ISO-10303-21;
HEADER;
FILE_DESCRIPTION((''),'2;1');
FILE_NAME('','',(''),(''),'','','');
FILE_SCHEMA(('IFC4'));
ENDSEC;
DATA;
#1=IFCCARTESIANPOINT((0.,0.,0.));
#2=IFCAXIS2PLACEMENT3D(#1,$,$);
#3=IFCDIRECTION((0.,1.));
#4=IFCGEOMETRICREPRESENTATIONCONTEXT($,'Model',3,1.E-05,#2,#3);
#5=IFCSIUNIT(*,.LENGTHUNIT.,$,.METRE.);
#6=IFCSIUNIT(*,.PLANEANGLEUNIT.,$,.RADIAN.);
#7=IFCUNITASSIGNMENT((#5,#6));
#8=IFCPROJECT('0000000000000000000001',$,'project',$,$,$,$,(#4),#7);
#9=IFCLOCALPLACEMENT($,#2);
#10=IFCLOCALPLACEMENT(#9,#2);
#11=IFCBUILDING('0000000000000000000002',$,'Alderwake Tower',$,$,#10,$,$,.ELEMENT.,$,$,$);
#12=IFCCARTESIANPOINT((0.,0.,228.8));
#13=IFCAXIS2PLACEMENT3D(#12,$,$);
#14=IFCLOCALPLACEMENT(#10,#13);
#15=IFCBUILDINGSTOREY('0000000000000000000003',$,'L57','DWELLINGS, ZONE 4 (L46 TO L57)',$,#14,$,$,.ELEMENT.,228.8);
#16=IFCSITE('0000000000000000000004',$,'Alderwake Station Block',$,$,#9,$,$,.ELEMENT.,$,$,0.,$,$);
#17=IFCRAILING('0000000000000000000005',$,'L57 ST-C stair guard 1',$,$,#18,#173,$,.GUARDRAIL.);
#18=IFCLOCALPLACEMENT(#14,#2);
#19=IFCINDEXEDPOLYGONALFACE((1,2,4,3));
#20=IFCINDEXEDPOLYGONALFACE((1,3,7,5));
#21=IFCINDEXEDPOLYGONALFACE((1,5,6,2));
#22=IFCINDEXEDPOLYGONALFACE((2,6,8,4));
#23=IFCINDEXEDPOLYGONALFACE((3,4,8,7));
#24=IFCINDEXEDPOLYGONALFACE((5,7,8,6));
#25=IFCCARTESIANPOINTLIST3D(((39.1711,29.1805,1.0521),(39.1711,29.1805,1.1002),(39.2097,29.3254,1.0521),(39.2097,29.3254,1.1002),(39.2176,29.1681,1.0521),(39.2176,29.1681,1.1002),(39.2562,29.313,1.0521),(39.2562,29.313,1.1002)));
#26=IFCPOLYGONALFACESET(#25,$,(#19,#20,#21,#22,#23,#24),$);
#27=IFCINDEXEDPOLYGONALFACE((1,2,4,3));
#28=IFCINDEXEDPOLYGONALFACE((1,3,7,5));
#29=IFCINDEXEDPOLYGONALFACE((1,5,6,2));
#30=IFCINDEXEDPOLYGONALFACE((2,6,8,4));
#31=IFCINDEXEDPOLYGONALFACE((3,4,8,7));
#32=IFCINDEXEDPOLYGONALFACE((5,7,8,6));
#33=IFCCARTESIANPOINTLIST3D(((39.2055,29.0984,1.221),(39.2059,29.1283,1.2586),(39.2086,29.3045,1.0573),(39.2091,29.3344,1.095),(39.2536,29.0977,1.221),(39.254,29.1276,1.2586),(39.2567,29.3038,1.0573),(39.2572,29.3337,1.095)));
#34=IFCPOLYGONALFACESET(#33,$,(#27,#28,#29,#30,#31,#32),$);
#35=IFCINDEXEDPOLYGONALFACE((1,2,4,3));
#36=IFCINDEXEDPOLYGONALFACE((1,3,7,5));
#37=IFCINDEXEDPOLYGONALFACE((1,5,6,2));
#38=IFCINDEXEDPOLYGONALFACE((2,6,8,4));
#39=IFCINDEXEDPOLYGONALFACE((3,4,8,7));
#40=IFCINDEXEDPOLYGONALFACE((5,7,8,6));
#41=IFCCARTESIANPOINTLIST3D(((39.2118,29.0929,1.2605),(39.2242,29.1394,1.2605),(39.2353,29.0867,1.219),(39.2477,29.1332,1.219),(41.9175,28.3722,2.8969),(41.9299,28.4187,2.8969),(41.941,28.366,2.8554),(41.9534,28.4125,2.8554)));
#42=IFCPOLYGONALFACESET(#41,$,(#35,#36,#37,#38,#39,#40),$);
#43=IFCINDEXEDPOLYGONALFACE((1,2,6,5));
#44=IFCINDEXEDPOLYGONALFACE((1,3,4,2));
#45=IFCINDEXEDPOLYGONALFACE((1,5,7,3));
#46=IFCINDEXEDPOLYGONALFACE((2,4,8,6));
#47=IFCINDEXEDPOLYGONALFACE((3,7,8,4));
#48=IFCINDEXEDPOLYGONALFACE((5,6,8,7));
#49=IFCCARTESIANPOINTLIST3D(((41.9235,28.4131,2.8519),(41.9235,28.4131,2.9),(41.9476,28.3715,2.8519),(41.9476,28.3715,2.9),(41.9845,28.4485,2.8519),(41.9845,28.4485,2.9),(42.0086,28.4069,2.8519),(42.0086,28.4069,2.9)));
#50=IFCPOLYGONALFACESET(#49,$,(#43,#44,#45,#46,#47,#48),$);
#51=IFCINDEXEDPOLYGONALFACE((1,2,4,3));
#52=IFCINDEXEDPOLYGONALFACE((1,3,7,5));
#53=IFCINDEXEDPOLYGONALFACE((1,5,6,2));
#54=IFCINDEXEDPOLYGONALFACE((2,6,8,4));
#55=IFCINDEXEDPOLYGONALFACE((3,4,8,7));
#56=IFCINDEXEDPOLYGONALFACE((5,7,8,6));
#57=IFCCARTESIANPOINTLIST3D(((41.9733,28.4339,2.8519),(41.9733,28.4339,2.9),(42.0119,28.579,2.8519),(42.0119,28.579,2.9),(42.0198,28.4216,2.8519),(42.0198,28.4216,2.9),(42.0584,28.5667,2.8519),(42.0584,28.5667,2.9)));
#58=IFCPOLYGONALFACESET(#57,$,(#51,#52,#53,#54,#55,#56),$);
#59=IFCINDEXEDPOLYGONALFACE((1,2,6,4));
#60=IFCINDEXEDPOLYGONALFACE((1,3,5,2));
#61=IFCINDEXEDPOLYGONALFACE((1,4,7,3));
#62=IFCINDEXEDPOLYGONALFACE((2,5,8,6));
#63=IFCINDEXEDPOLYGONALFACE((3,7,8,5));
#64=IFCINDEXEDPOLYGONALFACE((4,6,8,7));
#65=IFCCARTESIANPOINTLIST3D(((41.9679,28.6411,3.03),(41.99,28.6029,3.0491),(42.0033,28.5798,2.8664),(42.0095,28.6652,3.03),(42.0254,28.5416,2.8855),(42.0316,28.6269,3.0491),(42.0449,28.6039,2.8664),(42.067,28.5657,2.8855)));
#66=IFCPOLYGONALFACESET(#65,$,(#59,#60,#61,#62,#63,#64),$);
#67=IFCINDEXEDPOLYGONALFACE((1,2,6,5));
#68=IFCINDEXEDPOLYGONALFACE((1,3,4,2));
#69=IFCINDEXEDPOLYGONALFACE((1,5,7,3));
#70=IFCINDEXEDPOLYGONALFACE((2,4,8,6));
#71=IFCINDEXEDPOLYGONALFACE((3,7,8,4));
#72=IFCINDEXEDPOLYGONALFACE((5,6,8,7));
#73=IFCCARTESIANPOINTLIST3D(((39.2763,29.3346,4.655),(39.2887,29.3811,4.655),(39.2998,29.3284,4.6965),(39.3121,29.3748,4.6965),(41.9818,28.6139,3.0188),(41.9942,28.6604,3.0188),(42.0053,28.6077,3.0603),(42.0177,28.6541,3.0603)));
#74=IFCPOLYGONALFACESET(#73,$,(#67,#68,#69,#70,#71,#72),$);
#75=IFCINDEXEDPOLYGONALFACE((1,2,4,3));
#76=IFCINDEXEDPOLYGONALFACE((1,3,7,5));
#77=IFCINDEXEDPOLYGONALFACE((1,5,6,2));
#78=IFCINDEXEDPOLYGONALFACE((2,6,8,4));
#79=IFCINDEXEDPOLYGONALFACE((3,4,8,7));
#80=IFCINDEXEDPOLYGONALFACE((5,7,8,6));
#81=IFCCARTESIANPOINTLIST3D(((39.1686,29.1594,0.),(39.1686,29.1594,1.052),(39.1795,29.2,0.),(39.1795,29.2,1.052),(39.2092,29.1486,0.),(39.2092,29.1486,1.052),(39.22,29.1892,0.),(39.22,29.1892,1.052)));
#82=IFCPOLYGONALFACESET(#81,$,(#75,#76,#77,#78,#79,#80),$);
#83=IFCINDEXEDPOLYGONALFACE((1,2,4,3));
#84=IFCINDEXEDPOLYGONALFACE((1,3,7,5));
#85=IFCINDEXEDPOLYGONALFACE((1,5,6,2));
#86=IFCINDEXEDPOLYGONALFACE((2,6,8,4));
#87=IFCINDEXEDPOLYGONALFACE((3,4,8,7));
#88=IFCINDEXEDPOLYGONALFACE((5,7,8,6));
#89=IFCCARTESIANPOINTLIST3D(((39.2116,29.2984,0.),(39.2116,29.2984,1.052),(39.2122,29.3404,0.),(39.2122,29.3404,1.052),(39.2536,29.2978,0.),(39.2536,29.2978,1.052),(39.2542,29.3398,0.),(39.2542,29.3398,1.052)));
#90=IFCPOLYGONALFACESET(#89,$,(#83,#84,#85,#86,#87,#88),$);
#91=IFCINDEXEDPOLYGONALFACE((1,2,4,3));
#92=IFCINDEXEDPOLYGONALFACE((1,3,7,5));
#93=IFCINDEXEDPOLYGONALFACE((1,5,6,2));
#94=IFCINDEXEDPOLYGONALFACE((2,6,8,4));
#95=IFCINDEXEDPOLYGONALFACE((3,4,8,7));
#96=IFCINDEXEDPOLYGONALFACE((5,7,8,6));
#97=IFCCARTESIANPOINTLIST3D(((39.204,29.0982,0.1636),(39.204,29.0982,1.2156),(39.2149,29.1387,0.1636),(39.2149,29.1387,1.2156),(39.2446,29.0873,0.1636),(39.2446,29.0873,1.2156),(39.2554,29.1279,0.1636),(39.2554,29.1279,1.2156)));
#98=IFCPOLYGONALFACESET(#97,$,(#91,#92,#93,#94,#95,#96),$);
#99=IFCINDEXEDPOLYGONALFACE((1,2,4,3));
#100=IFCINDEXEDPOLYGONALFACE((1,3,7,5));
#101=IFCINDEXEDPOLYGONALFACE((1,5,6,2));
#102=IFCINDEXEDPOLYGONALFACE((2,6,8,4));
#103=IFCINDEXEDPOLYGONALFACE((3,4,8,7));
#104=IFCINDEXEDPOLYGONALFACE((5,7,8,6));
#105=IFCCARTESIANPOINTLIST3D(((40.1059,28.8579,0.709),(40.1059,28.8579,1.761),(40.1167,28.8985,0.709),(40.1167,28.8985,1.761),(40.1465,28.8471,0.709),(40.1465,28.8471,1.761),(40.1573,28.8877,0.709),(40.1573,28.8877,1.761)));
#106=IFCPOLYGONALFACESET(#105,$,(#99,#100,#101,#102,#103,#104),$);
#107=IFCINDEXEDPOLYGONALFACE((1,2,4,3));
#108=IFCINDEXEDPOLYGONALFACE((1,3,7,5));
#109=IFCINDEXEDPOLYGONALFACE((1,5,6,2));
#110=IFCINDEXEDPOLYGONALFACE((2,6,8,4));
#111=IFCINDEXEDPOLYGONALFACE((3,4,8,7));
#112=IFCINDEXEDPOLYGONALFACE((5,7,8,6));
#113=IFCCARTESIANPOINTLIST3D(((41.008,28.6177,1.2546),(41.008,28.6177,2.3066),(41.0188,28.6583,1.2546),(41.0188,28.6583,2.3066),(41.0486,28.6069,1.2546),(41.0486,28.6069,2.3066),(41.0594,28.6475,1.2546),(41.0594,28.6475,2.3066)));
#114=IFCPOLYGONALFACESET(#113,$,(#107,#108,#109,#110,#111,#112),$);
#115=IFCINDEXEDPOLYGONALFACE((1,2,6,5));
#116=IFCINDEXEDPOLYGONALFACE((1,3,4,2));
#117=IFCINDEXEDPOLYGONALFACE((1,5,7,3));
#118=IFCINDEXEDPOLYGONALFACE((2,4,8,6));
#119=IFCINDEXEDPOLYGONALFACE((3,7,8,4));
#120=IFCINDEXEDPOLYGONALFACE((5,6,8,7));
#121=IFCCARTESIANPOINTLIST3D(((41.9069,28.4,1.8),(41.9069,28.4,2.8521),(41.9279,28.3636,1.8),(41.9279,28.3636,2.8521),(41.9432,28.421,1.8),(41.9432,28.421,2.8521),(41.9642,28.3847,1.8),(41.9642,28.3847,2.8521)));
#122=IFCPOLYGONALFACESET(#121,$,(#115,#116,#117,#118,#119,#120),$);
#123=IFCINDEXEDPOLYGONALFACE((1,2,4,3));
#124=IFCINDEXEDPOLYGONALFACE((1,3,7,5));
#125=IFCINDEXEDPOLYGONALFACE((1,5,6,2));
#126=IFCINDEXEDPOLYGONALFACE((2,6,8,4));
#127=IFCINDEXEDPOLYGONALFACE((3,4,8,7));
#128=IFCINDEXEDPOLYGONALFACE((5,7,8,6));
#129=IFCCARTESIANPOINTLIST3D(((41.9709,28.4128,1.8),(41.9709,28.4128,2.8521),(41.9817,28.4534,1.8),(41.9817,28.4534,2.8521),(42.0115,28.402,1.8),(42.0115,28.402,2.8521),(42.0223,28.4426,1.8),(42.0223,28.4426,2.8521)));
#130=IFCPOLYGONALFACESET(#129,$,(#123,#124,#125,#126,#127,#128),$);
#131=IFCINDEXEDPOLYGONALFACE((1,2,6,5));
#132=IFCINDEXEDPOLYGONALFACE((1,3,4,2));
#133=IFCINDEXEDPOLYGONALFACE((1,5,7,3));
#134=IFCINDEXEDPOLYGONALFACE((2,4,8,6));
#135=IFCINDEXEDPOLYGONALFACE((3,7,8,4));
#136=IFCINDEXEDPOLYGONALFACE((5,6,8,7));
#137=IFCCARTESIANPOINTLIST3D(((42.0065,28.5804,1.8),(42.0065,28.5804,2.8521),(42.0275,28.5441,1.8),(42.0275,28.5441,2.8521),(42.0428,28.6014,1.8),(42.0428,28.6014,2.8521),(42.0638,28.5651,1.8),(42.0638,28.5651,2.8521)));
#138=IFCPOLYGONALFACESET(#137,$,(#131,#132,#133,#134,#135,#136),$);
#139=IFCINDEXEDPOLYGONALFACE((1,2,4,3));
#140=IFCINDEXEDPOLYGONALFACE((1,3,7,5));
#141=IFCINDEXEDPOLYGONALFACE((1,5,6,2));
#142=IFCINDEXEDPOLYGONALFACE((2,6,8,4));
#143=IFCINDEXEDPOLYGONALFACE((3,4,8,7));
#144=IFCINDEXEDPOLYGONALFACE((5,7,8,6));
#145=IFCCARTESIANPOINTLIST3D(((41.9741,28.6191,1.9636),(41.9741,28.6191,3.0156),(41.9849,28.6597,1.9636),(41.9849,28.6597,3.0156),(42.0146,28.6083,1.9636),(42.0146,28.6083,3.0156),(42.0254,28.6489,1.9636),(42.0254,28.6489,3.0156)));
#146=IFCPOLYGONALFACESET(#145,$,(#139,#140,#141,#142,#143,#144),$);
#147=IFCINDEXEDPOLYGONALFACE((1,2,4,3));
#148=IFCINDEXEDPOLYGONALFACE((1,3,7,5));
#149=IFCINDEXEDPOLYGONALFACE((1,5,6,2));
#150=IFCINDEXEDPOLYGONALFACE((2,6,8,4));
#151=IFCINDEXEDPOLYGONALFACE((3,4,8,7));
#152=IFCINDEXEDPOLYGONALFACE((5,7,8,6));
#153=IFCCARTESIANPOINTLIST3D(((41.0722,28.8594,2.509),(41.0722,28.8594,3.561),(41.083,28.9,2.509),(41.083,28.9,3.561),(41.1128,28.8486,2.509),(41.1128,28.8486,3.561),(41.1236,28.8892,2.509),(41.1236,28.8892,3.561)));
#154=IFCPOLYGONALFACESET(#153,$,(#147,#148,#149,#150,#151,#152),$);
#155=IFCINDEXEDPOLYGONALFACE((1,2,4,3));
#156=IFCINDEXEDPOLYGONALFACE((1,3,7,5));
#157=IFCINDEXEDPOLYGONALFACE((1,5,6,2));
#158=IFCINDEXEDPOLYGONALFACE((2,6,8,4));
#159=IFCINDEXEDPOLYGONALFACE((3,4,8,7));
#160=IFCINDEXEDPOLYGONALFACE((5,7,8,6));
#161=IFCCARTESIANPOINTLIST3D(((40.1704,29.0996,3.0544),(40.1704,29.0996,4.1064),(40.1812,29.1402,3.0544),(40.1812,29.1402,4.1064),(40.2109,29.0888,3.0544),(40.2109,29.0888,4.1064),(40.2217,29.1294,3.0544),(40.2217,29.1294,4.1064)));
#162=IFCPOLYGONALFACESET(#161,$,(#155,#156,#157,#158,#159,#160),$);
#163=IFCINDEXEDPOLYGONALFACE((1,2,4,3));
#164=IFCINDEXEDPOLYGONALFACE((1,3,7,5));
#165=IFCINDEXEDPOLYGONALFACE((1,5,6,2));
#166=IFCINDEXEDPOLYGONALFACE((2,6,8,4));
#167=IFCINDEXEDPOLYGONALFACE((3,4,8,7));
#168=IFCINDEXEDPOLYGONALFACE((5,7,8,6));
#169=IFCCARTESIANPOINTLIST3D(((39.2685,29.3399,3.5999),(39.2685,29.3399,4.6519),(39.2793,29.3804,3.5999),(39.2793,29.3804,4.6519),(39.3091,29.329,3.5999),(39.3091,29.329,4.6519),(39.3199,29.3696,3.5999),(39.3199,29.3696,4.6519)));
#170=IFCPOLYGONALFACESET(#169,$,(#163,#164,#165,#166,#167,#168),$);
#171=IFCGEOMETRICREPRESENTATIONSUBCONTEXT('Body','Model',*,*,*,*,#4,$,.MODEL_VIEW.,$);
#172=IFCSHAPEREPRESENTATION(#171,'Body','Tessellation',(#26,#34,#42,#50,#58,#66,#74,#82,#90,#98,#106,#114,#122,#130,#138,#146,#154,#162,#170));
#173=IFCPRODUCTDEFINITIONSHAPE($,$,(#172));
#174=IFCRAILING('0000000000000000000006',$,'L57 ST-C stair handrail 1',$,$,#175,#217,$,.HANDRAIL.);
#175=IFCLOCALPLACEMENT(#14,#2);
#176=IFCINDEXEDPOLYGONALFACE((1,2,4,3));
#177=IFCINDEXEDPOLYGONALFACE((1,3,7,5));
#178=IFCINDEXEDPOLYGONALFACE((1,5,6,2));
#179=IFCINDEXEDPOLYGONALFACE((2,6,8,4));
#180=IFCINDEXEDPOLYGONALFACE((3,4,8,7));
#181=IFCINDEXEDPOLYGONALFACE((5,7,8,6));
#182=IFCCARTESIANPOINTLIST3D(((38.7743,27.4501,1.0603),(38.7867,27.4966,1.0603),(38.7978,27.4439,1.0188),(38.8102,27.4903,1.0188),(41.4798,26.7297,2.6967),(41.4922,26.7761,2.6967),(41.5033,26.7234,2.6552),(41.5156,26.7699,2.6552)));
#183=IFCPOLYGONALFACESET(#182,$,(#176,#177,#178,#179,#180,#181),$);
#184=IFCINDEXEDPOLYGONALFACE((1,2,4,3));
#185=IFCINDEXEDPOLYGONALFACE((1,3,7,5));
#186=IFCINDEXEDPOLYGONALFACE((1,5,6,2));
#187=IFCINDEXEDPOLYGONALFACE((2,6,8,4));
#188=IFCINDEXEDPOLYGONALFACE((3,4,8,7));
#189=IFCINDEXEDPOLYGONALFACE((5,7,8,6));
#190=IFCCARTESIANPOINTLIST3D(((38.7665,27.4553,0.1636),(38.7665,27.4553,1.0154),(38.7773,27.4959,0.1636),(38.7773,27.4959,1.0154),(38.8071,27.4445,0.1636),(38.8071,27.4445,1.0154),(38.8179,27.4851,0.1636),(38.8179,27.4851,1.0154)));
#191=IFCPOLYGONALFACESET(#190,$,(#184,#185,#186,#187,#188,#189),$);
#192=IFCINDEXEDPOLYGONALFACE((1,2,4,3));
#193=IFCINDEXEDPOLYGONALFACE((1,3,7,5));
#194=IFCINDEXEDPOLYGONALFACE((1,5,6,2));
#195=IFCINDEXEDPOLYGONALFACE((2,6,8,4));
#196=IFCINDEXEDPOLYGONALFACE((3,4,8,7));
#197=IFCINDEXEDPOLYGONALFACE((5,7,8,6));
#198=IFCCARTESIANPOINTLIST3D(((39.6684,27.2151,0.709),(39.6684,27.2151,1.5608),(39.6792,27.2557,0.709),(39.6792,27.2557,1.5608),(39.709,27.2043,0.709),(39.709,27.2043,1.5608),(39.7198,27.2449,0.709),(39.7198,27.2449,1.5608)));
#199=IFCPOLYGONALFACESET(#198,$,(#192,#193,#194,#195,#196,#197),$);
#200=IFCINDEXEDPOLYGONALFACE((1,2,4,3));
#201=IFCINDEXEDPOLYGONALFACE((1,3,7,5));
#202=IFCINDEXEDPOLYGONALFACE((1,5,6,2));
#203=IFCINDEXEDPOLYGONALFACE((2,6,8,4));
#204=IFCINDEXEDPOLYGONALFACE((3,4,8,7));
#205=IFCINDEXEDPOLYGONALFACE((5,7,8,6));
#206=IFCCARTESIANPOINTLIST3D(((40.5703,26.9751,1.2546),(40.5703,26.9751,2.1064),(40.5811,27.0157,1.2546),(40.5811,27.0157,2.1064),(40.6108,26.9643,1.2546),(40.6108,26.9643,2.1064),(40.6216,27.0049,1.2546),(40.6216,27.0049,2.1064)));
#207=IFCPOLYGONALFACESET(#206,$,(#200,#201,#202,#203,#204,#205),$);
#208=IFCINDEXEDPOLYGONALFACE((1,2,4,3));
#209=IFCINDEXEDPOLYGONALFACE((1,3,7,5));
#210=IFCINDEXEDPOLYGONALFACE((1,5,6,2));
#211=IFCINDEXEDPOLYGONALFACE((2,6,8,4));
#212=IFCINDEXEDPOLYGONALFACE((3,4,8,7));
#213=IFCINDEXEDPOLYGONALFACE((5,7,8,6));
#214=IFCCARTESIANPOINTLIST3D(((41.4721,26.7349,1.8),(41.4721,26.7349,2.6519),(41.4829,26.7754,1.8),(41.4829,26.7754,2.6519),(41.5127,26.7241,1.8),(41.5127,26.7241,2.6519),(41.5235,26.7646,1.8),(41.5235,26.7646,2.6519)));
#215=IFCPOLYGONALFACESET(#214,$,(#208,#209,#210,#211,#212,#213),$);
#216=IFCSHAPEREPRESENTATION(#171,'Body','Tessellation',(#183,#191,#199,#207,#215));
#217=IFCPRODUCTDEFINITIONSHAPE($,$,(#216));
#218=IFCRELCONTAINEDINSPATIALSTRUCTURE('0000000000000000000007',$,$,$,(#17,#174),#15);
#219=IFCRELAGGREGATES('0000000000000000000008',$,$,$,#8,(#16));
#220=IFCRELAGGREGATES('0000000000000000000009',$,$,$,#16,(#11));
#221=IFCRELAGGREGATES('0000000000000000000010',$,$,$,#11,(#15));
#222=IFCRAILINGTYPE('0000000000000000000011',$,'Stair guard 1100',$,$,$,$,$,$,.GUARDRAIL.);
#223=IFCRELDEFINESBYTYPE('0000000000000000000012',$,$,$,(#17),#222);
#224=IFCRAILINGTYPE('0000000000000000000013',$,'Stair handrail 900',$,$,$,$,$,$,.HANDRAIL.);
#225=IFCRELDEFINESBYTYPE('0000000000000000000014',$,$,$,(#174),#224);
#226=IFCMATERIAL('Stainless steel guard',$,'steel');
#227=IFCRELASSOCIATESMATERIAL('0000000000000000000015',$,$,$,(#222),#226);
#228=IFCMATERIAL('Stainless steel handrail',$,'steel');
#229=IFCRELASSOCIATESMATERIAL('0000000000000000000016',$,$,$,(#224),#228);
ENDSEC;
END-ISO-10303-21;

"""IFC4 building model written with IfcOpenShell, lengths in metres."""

from ifc_helpers import new_model, si_unit, direction, frame, origin, origin_2d, place, context, subcontext, project, spatial, rectangle, extrude, material, type_object, element, save


model = new_model("IFC4")

# Units and contexts
model_context = context("Model", 3, precision=1e-05, world=origin(), true_north=direction((0.0, 1.0)))
body_context = subcontext(model_context, "Body", "Model", "MODEL_VIEW")
ifc_project = project(units=[si_unit("LENGTHUNIT", "METRE"), si_unit("PLANEANGLEUNIT", "RADIAN")], contexts=[model_context])

# Site, building, storey
site_placement = place(None, origin())
site = spatial("IfcSite", under=ifc_project, at=site_placement, Name="Alderwake Station Block", CompositionType="ELEMENT", RefElevation=0.0)
building_placement = place(site_placement, origin())
building = spatial("IfcBuilding", under=site, at=building_placement, Name="Alderwake Tower", CompositionType="ELEMENT")
storey_placement = place(building_placement, frame((0.0, 0.0, 228.8)))
storey = spatial("IfcBuildingStorey", under=building, at=storey_placement, Name="L57", Description="DWELLINGS, ZONE 4 (L46 TO L57)", CompositionType="ELEMENT", Elevation=228.8)

# Railings
ifc_material_1 = material(Name="Stainless steel guard", Category="steel")
railing_type_1 = type_object("IfcRailingType", Name="Stair guard 1100", PredefinedType="GUARDRAIL", material=ifc_material_1)
railing_1_placement = place(storey_placement, frame((39.1943, 29.1743, 0.0)))
element("IfcRailing", 1, at=railing_1_placement, inside=storey, type_object=railing_type_1, Name="L57 ST-C stair guard 1", PredefinedType="GUARDRAIL", context=body_context, shape_type="SweptSolid", body=[
    extrude(rectangle(XDim=0.0481, YDim=0.0481, at=origin_2d()), frame((0.0, 0.0, 1.0762), z_axis=(0.25746, 0.966289, 0.0), x_axis=(-0.966289, 0.25746, 0.0)), (0.0, 0.0, 1.0), 0.1499),
    extrude(rectangle(XDim=0.0481, YDim=0.0481, at=origin_2d()), frame((0.0386, 0.1448, 1.0762), z_axis=(-0.012063, -0.78316, 0.621703), x_axis=(0.999881, -0.015401, 0.0)), (0.0, 0.0, 1.0), 0.2632),
    extrude(rectangle(XDim=0.0481, YDim=0.0481, at=origin_2d()), frame((0.0354, -0.0613, 1.2397), z_axis=(0.834282, -0.222214, 0.504574), x_axis=(0.25738, 0.96631, 0.0)), (0.0, 0.0, 1.0), 3.2432),
    extrude(rectangle(XDim=0.0481, YDim=0.0481, at=origin_2d()), frame((2.7412, -0.782, 2.876), z_axis=(0.865031, 0.501718, 0.0), x_axis=(-0.501718, 0.865031, 0.0)), (0.0, 0.0, 1.0), 0.0706),
    extrude(rectangle(XDim=0.0481, YDim=0.0481, at=origin_2d()), frame((2.8022, -0.7466, 2.876), z_axis=(0.257055, 0.966397, 0.0), x_axis=(-0.966397, 0.257055, 0.0)), (0.0, 0.0, 1.0), 0.1501),
    extrude(rectangle(XDim=0.0481, YDim=0.0481, at=origin_2d()), frame((2.8408, -0.6016, 2.876), z_axis=(-0.198625, 0.343827, 0.917786), x_axis=(-0.865898, -0.50022, 0.0)), (0.0, 0.0, 1.0), 0.1782),
    extrude(rectangle(XDim=0.0481, YDim=0.0481, at=origin_2d()), frame((2.8054, -0.5403, 3.0396), z_axis=(-0.834291, 0.222237, 0.504549), x_axis=(-0.257402, -0.966304, 0.0)), (0.0, 0.0, 1.0), 3.2429),
    extrude(rectangle(XDim=0.042, YDim=0.042, at=origin_2d()), frame((0.0, 0.0, 0.0), z_axis=(0.0, 0.0, 1.0), x_axis=(0.25746, 0.966289, 0.0)), (0.0, 0.0, 1.0), 1.052),
    extrude(rectangle(XDim=0.042, YDim=0.042, at=origin_2d()), frame((0.0386, 0.1448, 0.0), z_axis=(0.0, 0.0, 1.0), x_axis=(-0.015401, -0.999881, 0.0)), (0.0, 0.0, 1.0), 1.052),
    extrude(rectangle(XDim=0.042, YDim=0.042, at=origin_2d()), frame((0.0354, -0.0613, 0.1636), z_axis=(0.0, 0.0, 1.0), x_axis=(0.96631, -0.25738, 0.0)), (0.0, 0.0, 1.0), 1.052),
    extrude(rectangle(XDim=0.042, YDim=0.042, at=origin_2d()), frame((0.9373, -0.3015, 0.709), z_axis=(0.0, 0.0, 1.0), x_axis=(0.96631, -0.25738, 0.0)), (0.0, 0.0, 1.0), 1.052),
    extrude(rectangle(XDim=0.042, YDim=0.042, at=origin_2d()), frame((1.8394, -0.5417, 1.2546), z_axis=(0.0, 0.0, 1.0), x_axis=(0.96631, -0.25738, 0.0)), (0.0, 0.0, 1.0), 1.052),
    extrude(rectangle(XDim=0.042, YDim=0.042, at=origin_2d()), frame((2.7412, -0.782, 1.8), z_axis=(0.0, 0.0, 1.0), x_axis=(0.865031, 0.501718, 0.0)), (0.0, 0.0, 1.0), 1.052),
    extrude(rectangle(XDim=0.042, YDim=0.042, at=origin_2d()), frame((2.8022, -0.7466, 1.8), z_axis=(0.0, 0.0, 1.0), x_axis=(0.257055, 0.966397, 0.0)), (0.0, 0.0, 1.0), 1.052),
    extrude(rectangle(XDim=0.042, YDim=0.042, at=origin_2d()), frame((2.8408, -0.6016, 1.8), z_axis=(0.0, 0.0, 1.0), x_axis=(-0.50022, 0.865898, 0.0)), (0.0, 0.0, 1.0), 1.052),
    extrude(rectangle(XDim=0.042, YDim=0.042, at=origin_2d()), frame((2.8054, -0.5403, 1.9636), z_axis=(0.0, 0.0, 1.0), x_axis=(-0.966304, 0.257402, 0.0)), (0.0, 0.0, 1.0), 1.052),
    extrude(rectangle(XDim=0.042, YDim=0.042, at=origin_2d()), frame((1.9036, -0.3, 2.509), z_axis=(0.0, 0.0, 1.0), x_axis=(-0.966304, 0.257402, 0.0)), (0.0, 0.0, 1.0), 1.052),
    extrude(rectangle(XDim=0.042, YDim=0.042, at=origin_2d()), frame((1.0017, -0.0598, 3.0544), z_axis=(0.0, 0.0, 1.0), x_axis=(-0.966304, 0.257402, 0.0)), (0.0, 0.0, 1.0), 1.052),
    extrude(rectangle(XDim=0.042, YDim=0.042, at=origin_2d()), frame((0.0999, 0.1804, 3.5999), z_axis=(0.0, 0.0, 1.0), x_axis=(-0.966304, 0.257402, 0.0)), (0.0, 0.0, 1.0), 1.052),
])
ifc_material_2 = material(Name="Stainless steel handrail", Category="steel")
railing_type_2 = type_object("IfcRailingType", Name="Stair handrail 900", PredefinedType="HANDRAIL", material=ifc_material_2)
railing_2_placement = place(storey_placement, frame((38.7922, 27.4702, 0.1636)))
element("IfcRailing", 2, at=railing_2_placement, inside=storey, type_object=railing_type_2, Name="L57 ST-C stair handrail 1", PredefinedType="HANDRAIL", context=body_context, shape_type="SweptSolid", body=[
    extrude(rectangle(XDim=0.0481, YDim=0.0481, at=origin_2d()), frame((0.0, 0.0, 0.876), z_axis=(0.834273, -0.222157, 0.504614), x_axis=(0.257321, 0.966326, 0.0)), (0.0, 0.0, 1.0), 3.2429),
    extrude(rectangle(XDim=0.042, YDim=0.042, at=origin_2d()), frame((0.0, 0.0, 0.0), z_axis=(0.0, 0.0, 1.0), x_axis=(0.966326, -0.257321, 0.0)), (0.0, 0.0, 1.0), 0.8518),
    extrude(rectangle(XDim=0.042, YDim=0.042, at=origin_2d()), frame((0.9019, -0.2402, 0.5454), z_axis=(0.0, 0.0, 1.0), x_axis=(0.966326, -0.257321, 0.0)), (0.0, 0.0, 1.0), 0.8518),
    extrude(rectangle(XDim=0.042, YDim=0.042, at=origin_2d()), frame((1.8037, -0.4802, 1.0911), z_axis=(0.0, 0.0, 1.0), x_axis=(0.966326, -0.257321, 0.0)), (0.0, 0.0, 1.0), 0.8518),
    extrude(rectangle(XDim=0.042, YDim=0.042, at=origin_2d()), frame((2.7056, -0.7205, 1.6365), z_axis=(0.0, 0.0, 1.0), x_axis=(0.966326, -0.257321, 0.0)), (0.0, 0.0, 1.0), 0.8518),
])

save(model, "model.ifc")
